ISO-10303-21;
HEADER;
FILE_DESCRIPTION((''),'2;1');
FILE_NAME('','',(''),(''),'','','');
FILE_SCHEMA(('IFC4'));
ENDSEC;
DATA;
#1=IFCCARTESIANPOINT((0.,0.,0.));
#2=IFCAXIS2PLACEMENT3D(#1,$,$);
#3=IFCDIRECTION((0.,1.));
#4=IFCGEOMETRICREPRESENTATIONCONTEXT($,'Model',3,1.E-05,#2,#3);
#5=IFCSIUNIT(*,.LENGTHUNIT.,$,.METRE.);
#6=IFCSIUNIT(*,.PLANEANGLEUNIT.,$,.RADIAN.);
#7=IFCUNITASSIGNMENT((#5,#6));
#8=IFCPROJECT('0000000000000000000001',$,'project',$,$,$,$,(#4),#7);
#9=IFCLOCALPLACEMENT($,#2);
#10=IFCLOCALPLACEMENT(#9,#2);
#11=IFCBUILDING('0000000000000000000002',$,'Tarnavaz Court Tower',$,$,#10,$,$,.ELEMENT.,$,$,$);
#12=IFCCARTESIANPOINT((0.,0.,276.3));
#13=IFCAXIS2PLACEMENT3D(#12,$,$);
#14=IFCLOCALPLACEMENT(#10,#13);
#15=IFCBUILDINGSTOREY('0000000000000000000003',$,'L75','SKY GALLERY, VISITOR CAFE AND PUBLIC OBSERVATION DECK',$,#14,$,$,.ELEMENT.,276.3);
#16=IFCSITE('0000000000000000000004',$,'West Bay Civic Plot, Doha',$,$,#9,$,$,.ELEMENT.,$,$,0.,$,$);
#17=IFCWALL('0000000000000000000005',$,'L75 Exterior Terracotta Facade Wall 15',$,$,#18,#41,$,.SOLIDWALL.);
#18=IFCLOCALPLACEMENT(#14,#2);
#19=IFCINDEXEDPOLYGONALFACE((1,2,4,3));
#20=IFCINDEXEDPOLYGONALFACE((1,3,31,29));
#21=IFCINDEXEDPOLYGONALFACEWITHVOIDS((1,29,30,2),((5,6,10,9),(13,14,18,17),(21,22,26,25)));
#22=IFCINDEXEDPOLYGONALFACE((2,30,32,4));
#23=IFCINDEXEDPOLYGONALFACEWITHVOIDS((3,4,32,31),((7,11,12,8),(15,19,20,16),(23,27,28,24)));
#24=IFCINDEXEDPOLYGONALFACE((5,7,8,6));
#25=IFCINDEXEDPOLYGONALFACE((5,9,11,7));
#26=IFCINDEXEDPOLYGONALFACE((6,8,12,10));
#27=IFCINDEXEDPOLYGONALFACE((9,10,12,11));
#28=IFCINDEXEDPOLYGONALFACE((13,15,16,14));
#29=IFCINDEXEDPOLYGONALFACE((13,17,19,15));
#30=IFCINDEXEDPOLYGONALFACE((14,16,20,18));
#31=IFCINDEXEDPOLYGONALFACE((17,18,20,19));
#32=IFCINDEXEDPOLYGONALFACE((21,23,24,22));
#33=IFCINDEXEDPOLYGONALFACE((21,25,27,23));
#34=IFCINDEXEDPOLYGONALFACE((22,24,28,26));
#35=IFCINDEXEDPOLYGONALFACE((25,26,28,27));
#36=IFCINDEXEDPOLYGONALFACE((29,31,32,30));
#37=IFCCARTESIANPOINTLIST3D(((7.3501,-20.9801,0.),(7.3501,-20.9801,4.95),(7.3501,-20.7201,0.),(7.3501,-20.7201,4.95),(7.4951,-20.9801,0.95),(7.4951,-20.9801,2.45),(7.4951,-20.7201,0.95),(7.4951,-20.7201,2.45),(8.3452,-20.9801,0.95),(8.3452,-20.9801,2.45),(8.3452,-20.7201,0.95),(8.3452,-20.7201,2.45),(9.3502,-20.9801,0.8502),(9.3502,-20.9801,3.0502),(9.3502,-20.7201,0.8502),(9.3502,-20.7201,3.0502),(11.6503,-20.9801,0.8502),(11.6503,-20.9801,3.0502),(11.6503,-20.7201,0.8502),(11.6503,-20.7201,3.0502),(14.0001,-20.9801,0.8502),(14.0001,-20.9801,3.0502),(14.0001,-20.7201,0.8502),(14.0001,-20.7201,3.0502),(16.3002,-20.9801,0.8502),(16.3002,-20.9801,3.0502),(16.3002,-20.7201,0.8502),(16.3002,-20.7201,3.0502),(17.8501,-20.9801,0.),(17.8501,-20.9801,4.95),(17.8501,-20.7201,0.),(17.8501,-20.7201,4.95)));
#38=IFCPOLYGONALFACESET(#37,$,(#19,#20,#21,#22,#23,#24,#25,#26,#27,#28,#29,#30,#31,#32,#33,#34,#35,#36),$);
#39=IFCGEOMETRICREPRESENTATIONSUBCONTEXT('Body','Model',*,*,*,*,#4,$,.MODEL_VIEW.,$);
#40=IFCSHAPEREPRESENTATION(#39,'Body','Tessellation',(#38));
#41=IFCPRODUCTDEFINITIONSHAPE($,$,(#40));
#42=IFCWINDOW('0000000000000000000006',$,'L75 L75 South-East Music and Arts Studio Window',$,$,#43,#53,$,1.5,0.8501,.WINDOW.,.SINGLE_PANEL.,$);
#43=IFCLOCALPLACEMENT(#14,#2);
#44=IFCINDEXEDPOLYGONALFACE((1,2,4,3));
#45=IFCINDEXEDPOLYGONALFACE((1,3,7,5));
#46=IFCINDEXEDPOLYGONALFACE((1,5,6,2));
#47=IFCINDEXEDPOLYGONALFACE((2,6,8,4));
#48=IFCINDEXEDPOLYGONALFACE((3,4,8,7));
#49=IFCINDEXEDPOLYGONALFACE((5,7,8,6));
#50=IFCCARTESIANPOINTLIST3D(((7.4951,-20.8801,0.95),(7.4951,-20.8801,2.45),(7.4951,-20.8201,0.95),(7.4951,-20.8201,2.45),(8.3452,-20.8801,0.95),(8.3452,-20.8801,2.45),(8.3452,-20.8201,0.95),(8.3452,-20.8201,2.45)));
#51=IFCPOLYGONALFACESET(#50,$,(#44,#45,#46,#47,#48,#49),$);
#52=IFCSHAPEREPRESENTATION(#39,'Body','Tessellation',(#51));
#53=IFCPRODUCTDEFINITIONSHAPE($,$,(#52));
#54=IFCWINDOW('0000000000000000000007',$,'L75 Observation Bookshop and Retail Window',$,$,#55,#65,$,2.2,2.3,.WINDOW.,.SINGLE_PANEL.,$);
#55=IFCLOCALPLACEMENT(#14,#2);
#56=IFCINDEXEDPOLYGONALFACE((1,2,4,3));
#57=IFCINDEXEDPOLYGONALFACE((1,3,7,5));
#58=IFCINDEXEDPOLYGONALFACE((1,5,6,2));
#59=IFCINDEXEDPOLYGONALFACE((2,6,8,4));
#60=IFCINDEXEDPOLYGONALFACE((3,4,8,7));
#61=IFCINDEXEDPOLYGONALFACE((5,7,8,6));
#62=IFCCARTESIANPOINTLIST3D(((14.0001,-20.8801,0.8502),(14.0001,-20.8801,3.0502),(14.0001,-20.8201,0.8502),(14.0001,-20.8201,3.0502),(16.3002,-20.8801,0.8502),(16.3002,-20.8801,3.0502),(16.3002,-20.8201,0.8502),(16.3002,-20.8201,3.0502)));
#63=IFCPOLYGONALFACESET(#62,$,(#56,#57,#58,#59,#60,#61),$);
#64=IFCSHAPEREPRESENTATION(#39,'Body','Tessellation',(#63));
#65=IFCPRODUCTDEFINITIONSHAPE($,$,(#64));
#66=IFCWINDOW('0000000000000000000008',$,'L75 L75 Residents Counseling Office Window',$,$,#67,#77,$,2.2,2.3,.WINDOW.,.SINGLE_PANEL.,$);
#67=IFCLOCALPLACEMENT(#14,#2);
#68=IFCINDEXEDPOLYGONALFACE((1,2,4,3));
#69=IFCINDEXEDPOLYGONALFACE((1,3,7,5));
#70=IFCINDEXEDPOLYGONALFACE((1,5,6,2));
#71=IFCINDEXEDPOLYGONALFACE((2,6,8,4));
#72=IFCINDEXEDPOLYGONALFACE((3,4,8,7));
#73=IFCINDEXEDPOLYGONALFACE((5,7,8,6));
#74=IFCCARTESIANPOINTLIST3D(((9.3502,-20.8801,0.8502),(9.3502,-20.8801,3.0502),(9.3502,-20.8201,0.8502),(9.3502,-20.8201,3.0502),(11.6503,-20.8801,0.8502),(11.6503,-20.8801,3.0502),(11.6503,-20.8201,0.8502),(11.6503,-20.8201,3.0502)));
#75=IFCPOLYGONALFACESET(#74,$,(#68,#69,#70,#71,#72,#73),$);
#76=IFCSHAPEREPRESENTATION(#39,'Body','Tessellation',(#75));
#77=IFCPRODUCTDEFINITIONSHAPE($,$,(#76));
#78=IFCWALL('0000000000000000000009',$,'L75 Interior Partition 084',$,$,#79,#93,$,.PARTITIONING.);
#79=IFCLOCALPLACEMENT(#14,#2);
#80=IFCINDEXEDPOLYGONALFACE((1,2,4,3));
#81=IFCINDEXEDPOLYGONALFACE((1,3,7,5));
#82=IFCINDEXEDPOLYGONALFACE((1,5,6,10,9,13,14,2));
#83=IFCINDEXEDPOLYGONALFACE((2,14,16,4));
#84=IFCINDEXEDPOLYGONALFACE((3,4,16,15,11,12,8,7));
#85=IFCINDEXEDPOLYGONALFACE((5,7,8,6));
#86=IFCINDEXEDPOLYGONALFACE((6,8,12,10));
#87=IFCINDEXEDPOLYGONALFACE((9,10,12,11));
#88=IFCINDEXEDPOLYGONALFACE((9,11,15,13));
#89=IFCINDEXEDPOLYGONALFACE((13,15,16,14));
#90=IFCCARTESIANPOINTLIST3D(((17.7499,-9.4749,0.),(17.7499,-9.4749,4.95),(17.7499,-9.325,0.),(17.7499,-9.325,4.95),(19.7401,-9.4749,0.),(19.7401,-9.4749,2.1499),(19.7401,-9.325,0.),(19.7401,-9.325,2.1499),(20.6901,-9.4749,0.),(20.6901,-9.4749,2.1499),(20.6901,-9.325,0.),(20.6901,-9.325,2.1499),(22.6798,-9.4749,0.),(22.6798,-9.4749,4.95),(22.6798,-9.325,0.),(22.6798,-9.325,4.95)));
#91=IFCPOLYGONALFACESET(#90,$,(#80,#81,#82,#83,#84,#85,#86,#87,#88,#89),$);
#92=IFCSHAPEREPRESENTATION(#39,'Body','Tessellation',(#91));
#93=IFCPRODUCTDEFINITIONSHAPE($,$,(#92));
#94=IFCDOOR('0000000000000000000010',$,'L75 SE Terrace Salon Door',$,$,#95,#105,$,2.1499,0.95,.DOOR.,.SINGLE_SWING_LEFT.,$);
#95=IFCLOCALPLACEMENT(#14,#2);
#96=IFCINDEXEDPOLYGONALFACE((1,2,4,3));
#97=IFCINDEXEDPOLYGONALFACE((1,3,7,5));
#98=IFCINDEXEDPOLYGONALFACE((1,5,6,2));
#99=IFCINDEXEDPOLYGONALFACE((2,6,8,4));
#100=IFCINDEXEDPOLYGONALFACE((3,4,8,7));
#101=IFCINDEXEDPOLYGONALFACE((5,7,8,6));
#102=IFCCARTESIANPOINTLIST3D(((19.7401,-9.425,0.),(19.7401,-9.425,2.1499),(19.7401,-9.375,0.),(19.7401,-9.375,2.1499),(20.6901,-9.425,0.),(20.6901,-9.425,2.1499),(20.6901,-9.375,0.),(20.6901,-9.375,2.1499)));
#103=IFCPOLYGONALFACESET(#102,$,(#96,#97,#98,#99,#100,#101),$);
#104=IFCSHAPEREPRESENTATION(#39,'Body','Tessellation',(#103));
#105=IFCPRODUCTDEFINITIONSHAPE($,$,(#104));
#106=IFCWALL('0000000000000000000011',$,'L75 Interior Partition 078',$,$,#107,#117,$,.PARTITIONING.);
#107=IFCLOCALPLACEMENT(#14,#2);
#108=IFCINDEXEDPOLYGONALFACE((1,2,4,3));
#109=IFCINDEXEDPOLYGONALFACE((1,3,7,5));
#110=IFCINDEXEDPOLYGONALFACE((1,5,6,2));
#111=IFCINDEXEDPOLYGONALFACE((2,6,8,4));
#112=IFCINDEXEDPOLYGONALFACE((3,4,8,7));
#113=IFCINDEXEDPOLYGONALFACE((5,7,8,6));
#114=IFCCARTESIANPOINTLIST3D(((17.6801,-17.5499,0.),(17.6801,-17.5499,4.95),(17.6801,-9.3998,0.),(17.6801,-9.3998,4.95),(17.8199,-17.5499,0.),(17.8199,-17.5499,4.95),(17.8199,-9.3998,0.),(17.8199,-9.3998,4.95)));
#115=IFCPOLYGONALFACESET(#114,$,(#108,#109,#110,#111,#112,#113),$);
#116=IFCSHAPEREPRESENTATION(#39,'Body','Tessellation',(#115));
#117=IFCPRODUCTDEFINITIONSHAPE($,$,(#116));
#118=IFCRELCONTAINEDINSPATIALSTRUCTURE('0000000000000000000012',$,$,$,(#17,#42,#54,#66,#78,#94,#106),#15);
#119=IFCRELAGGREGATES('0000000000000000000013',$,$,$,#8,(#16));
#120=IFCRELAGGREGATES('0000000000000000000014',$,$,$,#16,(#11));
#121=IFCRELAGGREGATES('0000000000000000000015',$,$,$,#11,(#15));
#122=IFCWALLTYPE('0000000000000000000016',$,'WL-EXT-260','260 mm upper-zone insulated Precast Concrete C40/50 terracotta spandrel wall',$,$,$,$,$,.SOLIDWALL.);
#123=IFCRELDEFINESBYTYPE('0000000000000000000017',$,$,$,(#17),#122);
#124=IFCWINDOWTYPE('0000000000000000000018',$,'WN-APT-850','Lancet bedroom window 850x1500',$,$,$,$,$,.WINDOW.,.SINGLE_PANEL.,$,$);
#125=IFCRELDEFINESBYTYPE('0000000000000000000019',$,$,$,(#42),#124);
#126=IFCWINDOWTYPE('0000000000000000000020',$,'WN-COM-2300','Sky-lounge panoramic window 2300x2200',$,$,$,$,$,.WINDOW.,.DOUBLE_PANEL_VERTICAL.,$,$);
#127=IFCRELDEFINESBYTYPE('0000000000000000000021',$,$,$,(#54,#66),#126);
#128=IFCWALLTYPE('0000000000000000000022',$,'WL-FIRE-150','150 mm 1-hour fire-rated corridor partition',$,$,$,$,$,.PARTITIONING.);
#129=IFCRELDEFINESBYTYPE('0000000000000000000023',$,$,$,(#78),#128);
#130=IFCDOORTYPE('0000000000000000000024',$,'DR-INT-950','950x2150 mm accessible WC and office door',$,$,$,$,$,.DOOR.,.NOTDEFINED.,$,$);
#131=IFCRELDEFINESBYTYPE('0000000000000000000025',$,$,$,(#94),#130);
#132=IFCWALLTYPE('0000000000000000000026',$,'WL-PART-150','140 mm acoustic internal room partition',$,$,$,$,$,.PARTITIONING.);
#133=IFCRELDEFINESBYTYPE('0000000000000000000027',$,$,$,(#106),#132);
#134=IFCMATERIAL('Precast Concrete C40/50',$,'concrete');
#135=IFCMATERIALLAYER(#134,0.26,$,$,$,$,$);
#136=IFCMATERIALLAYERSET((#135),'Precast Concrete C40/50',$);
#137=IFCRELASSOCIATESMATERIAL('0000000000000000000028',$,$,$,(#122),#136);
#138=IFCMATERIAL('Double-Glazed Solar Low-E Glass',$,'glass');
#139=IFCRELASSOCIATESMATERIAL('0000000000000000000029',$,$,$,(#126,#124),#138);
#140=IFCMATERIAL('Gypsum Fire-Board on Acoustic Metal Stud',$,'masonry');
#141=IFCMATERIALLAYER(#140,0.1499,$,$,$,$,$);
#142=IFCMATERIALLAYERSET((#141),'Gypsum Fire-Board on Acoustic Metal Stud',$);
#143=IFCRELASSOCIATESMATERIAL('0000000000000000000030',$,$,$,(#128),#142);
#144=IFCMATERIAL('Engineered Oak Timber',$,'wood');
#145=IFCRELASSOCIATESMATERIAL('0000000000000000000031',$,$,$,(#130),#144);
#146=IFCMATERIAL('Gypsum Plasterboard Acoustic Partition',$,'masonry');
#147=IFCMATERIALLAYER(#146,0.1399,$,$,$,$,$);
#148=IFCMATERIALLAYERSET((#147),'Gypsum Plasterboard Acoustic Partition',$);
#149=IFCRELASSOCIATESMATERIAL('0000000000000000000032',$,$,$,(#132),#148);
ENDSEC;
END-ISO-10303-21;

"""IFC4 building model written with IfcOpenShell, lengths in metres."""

from ifc_helpers import new_model, si_unit, direction, frame, frame_2d, origin, place, context, subcontext, project, spatial, rectangle, extrude, material, layer, layer_set, type_object, element, fill, save


model = new_model("IFC4")

# Units and contexts
model_context = context("Model", 3, precision=1e-05, world=origin(), true_north=direction((0.0, 1.0)))
body_context = subcontext(model_context, "Body", "Model", "MODEL_VIEW")
ifc_project = project(units=[si_unit("LENGTHUNIT", "METRE"), si_unit("PLANEANGLEUNIT", "RADIAN")], contexts=[model_context])

# Site, building, storey
site_placement = place(None, origin())
site = spatial("IfcSite", under=ifc_project, at=site_placement, Name="West Bay Civic Plot, Doha", CompositionType="ELEMENT", RefElevation=0.0)
building_placement = place(site_placement, origin())
building = spatial("IfcBuilding", under=site, at=building_placement, Name="Tarnavaz Court Tower", CompositionType="ELEMENT")
storey_placement = place(building_placement, frame((0.0, 0.0, 276.3)))
storey = spatial("IfcBuildingStorey", under=building, at=storey_placement, Name="L75", Description="SKY GALLERY, VISITOR CAFE AND PUBLIC OBSERVATION DECK", CompositionType="ELEMENT", Elevation=276.3)

# Shared definitions
ifc_material_1 = material(Name="Double-Glazed Solar Low-E Glass", Category="glass")

# Shared definitions
ifc_material_2 = material(Name="Precast Concrete C40/50", Category="concrete")
ifc_layer_1 = layer(ifc_material_2, 0.26)
ifc_layer_set_1 = layer_set([ifc_layer_1], Name="Precast Concrete C40/50")
wall_type_1 = type_object("IfcWallType", Name="WL-EXT-260", Description="260 mm upper-zone insulated Precast Concrete C40/50 terracotta spandrel wall", PredefinedType="SOLIDWALL", material=ifc_layer_set_1)

# Shared definitions
window_type_1 = type_object("IfcWindowType", Name="WN-COM-2300", Description="Sky-lounge panoramic window 2300x2200", PartitioningType="DOUBLE_PANEL_VERTICAL", PredefinedType="WINDOW", material=ifc_material_1)

# Wall, openings, windows
wall_1_placement = place(storey_placement, frame((17.8501, -20.8501, 0.0), z_axis=(0.0, 0.0, 1.0), x_axis=(-1.0, 0.0, 0.0)))
wall_1 = element("IfcWall", 1, at=wall_1_placement, inside=storey, type_object=wall_type_1, Name="L75 Exterior Terracotta Facade Wall 15", PredefinedType="SOLIDWALL", context=body_context, shape_type="SweptSolid", body=[
    extrude(rectangle(XDim=10.5, YDim=0.26, at=frame_2d((5.25, 0.0))), origin(), (0.0, 0.0, 1.0), 4.95),
])
opening_1_placement = place(wall_1_placement, frame((1.55, 0.0, 0.8501)))
opening_1 = element("IfcOpeningElement", 2, at=opening_1_placement, cuts=wall_1, PredefinedType="OPENING", context=body_context, shape_type="SweptSolid", body=[
    extrude(rectangle(XDim=2.3, YDim=2.2, at=frame_2d((1.1499, 1.1001))), frame((0.0, 0.1399, 0.0), z_axis=(0.0, -1.0, 0.0), x_axis=(1.0, 0.0, 0.0)), (0.0, 0.0, 1.0), 0.28),
])
opening_2_placement = place(wall_1_placement, frame((6.2, 0.0, 0.8501)))
opening_2 = element("IfcOpeningElement", 3, at=opening_2_placement, cuts=wall_1, PredefinedType="OPENING", context=body_context, shape_type="SweptSolid", body=[
    extrude(rectangle(XDim=2.3, YDim=2.2, at=frame_2d((1.1499, 1.1001))), frame((0.0, 0.1399, 0.0), z_axis=(0.0, -1.0, 0.0), x_axis=(1.0, 0.0, 0.0)), (0.0, 0.0, 1.0), 0.28),
])
opening_3_placement = place(wall_1_placement, frame((9.5049, 0.0, 0.95)))
opening_3 = element("IfcOpeningElement", 4, at=opening_3_placement, cuts=wall_1, PredefinedType="OPENING", context=body_context, shape_type="SweptSolid", body=[
    extrude(rectangle(XDim=0.8501, YDim=1.5, at=frame_2d((0.425, 0.75))), frame((0.0, 0.1399, 0.0), z_axis=(0.0, -1.0, 0.0), x_axis=(1.0, 0.0, 0.0)), (0.0, 0.0, 1.0), 0.28),
])
window_type_2 = type_object("IfcWindowType", Name="WN-APT-850", Description="Lancet bedroom window 850x1500", PartitioningType="SINGLE_PANEL", PredefinedType="WINDOW", material=ifc_material_1)
window_1_placement = place(opening_3_placement, origin())
window_1 = element("IfcWindow", 5, at=window_1_placement, inside=storey, type_object=window_type_2, Name="L75 L75 South-East Music and Arts Studio Window", OverallHeight=1.5, OverallWidth=0.8501, PartitioningType="SINGLE_PANEL", PredefinedType="WINDOW", context=body_context, shape_type="SweptSolid", body=[
    extrude(rectangle(XDim=0.8501, YDim=1.5, at=frame_2d((0.425, 0.75))), frame((0.0, 0.03, 0.0), z_axis=(0.0, -1.0, 0.0), x_axis=(1.0, 0.0, 0.0)), (0.0, 0.0, 1.0), 0.0601),
])
fill(opening_3, window_1)
window_2_placement = place(opening_1_placement, origin())
window_2 = element("IfcWindow", 6, at=window_2_placement, inside=storey, type_object=window_type_1, Name="L75 Observation Bookshop and Retail Window", OverallHeight=2.2, OverallWidth=2.3, PartitioningType="SINGLE_PANEL", PredefinedType="WINDOW", context=body_context, shape_type="SweptSolid", body=[
    extrude(rectangle(XDim=2.3, YDim=2.2, at=frame_2d((1.1499, 1.1001))), frame((0.0, 0.03, 0.0), z_axis=(0.0, -1.0, 0.0), x_axis=(1.0, 0.0, 0.0)), (0.0, 0.0, 1.0), 0.0601),
])
fill(opening_1, window_2)
window_3_placement = place(opening_2_placement, origin())
window_3 = element("IfcWindow", 7, at=window_3_placement, inside=storey, type_object=window_type_1, Name="L75 L75 Residents Counseling Office Window", OverallHeight=2.2, OverallWidth=2.3, PartitioningType="SINGLE_PANEL", PredefinedType="WINDOW", context=body_context, shape_type="SweptSolid", body=[
    extrude(rectangle(XDim=2.3, YDim=2.2, at=frame_2d((1.1499, 1.1001))), frame((0.0, 0.03, 0.0), z_axis=(0.0, -1.0, 0.0), x_axis=(1.0, 0.0, 0.0)), (0.0, 0.0, 1.0), 0.0601),
])
fill(opening_2, window_3)

# Wall, opening, door
ifc_material_3 = material(Name="Gypsum Fire-Board on Acoustic Metal Stud", Category="masonry")
ifc_layer_2 = layer(ifc_material_3, 0.1499)
ifc_layer_set_2 = layer_set([ifc_layer_2], Name="Gypsum Fire-Board on Acoustic Metal Stud")
wall_type_2 = type_object("IfcWallType", Name="WL-FIRE-150", Description="150 mm 1-hour fire-rated corridor partition", PredefinedType="PARTITIONING", material=ifc_layer_set_2)
wall_2_placement = place(storey_placement, frame((17.75, -9.3999, 0.0), z_axis=(0.0, 0.0, 1.0), x_axis=(1.0, 0.0, 0.0)))
wall_2 = element("IfcWall", 8, at=wall_2_placement, inside=storey, type_object=wall_type_2, Name="L75 Interior Partition 084", PredefinedType="PARTITIONING", context=body_context, shape_type="SweptSolid", body=[
    extrude(rectangle(XDim=4.9299, YDim=0.1499, at=frame_2d((2.4648, 0.0))), origin(), (0.0, 0.0, 1.0), 4.95),
])
opening_4_placement = place(wall_2_placement, frame((1.99, 0.0, 0.0)))
opening_4 = element("IfcOpeningElement", 9, at=opening_4_placement, cuts=wall_2, PredefinedType="OPENING", context=body_context, shape_type="SweptSolid", body=[
    extrude(rectangle(XDim=0.95, YDim=2.1499, at=frame_2d((0.4751, 1.075))), frame((0.0, 0.085, 0.0), z_axis=(0.0, -1.0, 0.0), x_axis=(1.0, 0.0, 0.0)), (0.0, 0.0, 1.0), 0.1699),
])
ifc_material_4 = material(Name="Engineered Oak Timber", Category="wood")
door_type_1 = type_object("IfcDoorType", Name="DR-INT-950", Description="950x2150 mm accessible WC and office door", OperationType="NOTDEFINED", PredefinedType="DOOR", material=ifc_material_4)
door_1_placement = place(opening_4_placement, origin())
door_1 = element("IfcDoor", 10, at=door_1_placement, inside=storey, type_object=door_type_1, Name="L75 SE Terrace Salon Door", OperationType="SINGLE_SWING_LEFT", OverallHeight=2.1499, OverallWidth=0.95, PredefinedType="DOOR", context=body_context, shape_type="SweptSolid", body=[
    extrude(rectangle(XDim=0.95, YDim=2.1499, at=frame_2d((0.4751, 1.075))), frame((0.0, 0.0249, 0.0), z_axis=(0.0, -1.0, 0.0), x_axis=(1.0, 0.0, 0.0)), (0.0, 0.0, 1.0), 0.05),
])
fill(opening_4, door_1)

# Wall
ifc_material_5 = material(Name="Gypsum Plasterboard Acoustic Partition", Category="masonry")
ifc_layer_3 = layer(ifc_material_5, 0.1399)
ifc_layer_set_3 = layer_set([ifc_layer_3], Name="Gypsum Plasterboard Acoustic Partition")
wall_type_3 = type_object("IfcWallType", Name="WL-PART-150", Description="140 mm acoustic internal room partition", PredefinedType="PARTITIONING", material=ifc_layer_set_3)
wall_3_placement = place(storey_placement, frame((17.75, -17.55, 0.0), z_axis=(0.0, 0.0, 1.0), x_axis=(0.0, 1.0, 0.0)))
element("IfcWall", 11, at=wall_3_placement, inside=storey, type_object=wall_type_3, Name="L75 Interior Partition 078", PredefinedType="PARTITIONING", context=body_context, shape_type="SweptSolid", body=[
    extrude(rectangle(XDim=8.1501, YDim=0.1399, at=frame_2d((4.0752, 0.0))), origin(), (0.0, 0.0, 1.0), 4.95),
])

save(model, "model.ifc")
